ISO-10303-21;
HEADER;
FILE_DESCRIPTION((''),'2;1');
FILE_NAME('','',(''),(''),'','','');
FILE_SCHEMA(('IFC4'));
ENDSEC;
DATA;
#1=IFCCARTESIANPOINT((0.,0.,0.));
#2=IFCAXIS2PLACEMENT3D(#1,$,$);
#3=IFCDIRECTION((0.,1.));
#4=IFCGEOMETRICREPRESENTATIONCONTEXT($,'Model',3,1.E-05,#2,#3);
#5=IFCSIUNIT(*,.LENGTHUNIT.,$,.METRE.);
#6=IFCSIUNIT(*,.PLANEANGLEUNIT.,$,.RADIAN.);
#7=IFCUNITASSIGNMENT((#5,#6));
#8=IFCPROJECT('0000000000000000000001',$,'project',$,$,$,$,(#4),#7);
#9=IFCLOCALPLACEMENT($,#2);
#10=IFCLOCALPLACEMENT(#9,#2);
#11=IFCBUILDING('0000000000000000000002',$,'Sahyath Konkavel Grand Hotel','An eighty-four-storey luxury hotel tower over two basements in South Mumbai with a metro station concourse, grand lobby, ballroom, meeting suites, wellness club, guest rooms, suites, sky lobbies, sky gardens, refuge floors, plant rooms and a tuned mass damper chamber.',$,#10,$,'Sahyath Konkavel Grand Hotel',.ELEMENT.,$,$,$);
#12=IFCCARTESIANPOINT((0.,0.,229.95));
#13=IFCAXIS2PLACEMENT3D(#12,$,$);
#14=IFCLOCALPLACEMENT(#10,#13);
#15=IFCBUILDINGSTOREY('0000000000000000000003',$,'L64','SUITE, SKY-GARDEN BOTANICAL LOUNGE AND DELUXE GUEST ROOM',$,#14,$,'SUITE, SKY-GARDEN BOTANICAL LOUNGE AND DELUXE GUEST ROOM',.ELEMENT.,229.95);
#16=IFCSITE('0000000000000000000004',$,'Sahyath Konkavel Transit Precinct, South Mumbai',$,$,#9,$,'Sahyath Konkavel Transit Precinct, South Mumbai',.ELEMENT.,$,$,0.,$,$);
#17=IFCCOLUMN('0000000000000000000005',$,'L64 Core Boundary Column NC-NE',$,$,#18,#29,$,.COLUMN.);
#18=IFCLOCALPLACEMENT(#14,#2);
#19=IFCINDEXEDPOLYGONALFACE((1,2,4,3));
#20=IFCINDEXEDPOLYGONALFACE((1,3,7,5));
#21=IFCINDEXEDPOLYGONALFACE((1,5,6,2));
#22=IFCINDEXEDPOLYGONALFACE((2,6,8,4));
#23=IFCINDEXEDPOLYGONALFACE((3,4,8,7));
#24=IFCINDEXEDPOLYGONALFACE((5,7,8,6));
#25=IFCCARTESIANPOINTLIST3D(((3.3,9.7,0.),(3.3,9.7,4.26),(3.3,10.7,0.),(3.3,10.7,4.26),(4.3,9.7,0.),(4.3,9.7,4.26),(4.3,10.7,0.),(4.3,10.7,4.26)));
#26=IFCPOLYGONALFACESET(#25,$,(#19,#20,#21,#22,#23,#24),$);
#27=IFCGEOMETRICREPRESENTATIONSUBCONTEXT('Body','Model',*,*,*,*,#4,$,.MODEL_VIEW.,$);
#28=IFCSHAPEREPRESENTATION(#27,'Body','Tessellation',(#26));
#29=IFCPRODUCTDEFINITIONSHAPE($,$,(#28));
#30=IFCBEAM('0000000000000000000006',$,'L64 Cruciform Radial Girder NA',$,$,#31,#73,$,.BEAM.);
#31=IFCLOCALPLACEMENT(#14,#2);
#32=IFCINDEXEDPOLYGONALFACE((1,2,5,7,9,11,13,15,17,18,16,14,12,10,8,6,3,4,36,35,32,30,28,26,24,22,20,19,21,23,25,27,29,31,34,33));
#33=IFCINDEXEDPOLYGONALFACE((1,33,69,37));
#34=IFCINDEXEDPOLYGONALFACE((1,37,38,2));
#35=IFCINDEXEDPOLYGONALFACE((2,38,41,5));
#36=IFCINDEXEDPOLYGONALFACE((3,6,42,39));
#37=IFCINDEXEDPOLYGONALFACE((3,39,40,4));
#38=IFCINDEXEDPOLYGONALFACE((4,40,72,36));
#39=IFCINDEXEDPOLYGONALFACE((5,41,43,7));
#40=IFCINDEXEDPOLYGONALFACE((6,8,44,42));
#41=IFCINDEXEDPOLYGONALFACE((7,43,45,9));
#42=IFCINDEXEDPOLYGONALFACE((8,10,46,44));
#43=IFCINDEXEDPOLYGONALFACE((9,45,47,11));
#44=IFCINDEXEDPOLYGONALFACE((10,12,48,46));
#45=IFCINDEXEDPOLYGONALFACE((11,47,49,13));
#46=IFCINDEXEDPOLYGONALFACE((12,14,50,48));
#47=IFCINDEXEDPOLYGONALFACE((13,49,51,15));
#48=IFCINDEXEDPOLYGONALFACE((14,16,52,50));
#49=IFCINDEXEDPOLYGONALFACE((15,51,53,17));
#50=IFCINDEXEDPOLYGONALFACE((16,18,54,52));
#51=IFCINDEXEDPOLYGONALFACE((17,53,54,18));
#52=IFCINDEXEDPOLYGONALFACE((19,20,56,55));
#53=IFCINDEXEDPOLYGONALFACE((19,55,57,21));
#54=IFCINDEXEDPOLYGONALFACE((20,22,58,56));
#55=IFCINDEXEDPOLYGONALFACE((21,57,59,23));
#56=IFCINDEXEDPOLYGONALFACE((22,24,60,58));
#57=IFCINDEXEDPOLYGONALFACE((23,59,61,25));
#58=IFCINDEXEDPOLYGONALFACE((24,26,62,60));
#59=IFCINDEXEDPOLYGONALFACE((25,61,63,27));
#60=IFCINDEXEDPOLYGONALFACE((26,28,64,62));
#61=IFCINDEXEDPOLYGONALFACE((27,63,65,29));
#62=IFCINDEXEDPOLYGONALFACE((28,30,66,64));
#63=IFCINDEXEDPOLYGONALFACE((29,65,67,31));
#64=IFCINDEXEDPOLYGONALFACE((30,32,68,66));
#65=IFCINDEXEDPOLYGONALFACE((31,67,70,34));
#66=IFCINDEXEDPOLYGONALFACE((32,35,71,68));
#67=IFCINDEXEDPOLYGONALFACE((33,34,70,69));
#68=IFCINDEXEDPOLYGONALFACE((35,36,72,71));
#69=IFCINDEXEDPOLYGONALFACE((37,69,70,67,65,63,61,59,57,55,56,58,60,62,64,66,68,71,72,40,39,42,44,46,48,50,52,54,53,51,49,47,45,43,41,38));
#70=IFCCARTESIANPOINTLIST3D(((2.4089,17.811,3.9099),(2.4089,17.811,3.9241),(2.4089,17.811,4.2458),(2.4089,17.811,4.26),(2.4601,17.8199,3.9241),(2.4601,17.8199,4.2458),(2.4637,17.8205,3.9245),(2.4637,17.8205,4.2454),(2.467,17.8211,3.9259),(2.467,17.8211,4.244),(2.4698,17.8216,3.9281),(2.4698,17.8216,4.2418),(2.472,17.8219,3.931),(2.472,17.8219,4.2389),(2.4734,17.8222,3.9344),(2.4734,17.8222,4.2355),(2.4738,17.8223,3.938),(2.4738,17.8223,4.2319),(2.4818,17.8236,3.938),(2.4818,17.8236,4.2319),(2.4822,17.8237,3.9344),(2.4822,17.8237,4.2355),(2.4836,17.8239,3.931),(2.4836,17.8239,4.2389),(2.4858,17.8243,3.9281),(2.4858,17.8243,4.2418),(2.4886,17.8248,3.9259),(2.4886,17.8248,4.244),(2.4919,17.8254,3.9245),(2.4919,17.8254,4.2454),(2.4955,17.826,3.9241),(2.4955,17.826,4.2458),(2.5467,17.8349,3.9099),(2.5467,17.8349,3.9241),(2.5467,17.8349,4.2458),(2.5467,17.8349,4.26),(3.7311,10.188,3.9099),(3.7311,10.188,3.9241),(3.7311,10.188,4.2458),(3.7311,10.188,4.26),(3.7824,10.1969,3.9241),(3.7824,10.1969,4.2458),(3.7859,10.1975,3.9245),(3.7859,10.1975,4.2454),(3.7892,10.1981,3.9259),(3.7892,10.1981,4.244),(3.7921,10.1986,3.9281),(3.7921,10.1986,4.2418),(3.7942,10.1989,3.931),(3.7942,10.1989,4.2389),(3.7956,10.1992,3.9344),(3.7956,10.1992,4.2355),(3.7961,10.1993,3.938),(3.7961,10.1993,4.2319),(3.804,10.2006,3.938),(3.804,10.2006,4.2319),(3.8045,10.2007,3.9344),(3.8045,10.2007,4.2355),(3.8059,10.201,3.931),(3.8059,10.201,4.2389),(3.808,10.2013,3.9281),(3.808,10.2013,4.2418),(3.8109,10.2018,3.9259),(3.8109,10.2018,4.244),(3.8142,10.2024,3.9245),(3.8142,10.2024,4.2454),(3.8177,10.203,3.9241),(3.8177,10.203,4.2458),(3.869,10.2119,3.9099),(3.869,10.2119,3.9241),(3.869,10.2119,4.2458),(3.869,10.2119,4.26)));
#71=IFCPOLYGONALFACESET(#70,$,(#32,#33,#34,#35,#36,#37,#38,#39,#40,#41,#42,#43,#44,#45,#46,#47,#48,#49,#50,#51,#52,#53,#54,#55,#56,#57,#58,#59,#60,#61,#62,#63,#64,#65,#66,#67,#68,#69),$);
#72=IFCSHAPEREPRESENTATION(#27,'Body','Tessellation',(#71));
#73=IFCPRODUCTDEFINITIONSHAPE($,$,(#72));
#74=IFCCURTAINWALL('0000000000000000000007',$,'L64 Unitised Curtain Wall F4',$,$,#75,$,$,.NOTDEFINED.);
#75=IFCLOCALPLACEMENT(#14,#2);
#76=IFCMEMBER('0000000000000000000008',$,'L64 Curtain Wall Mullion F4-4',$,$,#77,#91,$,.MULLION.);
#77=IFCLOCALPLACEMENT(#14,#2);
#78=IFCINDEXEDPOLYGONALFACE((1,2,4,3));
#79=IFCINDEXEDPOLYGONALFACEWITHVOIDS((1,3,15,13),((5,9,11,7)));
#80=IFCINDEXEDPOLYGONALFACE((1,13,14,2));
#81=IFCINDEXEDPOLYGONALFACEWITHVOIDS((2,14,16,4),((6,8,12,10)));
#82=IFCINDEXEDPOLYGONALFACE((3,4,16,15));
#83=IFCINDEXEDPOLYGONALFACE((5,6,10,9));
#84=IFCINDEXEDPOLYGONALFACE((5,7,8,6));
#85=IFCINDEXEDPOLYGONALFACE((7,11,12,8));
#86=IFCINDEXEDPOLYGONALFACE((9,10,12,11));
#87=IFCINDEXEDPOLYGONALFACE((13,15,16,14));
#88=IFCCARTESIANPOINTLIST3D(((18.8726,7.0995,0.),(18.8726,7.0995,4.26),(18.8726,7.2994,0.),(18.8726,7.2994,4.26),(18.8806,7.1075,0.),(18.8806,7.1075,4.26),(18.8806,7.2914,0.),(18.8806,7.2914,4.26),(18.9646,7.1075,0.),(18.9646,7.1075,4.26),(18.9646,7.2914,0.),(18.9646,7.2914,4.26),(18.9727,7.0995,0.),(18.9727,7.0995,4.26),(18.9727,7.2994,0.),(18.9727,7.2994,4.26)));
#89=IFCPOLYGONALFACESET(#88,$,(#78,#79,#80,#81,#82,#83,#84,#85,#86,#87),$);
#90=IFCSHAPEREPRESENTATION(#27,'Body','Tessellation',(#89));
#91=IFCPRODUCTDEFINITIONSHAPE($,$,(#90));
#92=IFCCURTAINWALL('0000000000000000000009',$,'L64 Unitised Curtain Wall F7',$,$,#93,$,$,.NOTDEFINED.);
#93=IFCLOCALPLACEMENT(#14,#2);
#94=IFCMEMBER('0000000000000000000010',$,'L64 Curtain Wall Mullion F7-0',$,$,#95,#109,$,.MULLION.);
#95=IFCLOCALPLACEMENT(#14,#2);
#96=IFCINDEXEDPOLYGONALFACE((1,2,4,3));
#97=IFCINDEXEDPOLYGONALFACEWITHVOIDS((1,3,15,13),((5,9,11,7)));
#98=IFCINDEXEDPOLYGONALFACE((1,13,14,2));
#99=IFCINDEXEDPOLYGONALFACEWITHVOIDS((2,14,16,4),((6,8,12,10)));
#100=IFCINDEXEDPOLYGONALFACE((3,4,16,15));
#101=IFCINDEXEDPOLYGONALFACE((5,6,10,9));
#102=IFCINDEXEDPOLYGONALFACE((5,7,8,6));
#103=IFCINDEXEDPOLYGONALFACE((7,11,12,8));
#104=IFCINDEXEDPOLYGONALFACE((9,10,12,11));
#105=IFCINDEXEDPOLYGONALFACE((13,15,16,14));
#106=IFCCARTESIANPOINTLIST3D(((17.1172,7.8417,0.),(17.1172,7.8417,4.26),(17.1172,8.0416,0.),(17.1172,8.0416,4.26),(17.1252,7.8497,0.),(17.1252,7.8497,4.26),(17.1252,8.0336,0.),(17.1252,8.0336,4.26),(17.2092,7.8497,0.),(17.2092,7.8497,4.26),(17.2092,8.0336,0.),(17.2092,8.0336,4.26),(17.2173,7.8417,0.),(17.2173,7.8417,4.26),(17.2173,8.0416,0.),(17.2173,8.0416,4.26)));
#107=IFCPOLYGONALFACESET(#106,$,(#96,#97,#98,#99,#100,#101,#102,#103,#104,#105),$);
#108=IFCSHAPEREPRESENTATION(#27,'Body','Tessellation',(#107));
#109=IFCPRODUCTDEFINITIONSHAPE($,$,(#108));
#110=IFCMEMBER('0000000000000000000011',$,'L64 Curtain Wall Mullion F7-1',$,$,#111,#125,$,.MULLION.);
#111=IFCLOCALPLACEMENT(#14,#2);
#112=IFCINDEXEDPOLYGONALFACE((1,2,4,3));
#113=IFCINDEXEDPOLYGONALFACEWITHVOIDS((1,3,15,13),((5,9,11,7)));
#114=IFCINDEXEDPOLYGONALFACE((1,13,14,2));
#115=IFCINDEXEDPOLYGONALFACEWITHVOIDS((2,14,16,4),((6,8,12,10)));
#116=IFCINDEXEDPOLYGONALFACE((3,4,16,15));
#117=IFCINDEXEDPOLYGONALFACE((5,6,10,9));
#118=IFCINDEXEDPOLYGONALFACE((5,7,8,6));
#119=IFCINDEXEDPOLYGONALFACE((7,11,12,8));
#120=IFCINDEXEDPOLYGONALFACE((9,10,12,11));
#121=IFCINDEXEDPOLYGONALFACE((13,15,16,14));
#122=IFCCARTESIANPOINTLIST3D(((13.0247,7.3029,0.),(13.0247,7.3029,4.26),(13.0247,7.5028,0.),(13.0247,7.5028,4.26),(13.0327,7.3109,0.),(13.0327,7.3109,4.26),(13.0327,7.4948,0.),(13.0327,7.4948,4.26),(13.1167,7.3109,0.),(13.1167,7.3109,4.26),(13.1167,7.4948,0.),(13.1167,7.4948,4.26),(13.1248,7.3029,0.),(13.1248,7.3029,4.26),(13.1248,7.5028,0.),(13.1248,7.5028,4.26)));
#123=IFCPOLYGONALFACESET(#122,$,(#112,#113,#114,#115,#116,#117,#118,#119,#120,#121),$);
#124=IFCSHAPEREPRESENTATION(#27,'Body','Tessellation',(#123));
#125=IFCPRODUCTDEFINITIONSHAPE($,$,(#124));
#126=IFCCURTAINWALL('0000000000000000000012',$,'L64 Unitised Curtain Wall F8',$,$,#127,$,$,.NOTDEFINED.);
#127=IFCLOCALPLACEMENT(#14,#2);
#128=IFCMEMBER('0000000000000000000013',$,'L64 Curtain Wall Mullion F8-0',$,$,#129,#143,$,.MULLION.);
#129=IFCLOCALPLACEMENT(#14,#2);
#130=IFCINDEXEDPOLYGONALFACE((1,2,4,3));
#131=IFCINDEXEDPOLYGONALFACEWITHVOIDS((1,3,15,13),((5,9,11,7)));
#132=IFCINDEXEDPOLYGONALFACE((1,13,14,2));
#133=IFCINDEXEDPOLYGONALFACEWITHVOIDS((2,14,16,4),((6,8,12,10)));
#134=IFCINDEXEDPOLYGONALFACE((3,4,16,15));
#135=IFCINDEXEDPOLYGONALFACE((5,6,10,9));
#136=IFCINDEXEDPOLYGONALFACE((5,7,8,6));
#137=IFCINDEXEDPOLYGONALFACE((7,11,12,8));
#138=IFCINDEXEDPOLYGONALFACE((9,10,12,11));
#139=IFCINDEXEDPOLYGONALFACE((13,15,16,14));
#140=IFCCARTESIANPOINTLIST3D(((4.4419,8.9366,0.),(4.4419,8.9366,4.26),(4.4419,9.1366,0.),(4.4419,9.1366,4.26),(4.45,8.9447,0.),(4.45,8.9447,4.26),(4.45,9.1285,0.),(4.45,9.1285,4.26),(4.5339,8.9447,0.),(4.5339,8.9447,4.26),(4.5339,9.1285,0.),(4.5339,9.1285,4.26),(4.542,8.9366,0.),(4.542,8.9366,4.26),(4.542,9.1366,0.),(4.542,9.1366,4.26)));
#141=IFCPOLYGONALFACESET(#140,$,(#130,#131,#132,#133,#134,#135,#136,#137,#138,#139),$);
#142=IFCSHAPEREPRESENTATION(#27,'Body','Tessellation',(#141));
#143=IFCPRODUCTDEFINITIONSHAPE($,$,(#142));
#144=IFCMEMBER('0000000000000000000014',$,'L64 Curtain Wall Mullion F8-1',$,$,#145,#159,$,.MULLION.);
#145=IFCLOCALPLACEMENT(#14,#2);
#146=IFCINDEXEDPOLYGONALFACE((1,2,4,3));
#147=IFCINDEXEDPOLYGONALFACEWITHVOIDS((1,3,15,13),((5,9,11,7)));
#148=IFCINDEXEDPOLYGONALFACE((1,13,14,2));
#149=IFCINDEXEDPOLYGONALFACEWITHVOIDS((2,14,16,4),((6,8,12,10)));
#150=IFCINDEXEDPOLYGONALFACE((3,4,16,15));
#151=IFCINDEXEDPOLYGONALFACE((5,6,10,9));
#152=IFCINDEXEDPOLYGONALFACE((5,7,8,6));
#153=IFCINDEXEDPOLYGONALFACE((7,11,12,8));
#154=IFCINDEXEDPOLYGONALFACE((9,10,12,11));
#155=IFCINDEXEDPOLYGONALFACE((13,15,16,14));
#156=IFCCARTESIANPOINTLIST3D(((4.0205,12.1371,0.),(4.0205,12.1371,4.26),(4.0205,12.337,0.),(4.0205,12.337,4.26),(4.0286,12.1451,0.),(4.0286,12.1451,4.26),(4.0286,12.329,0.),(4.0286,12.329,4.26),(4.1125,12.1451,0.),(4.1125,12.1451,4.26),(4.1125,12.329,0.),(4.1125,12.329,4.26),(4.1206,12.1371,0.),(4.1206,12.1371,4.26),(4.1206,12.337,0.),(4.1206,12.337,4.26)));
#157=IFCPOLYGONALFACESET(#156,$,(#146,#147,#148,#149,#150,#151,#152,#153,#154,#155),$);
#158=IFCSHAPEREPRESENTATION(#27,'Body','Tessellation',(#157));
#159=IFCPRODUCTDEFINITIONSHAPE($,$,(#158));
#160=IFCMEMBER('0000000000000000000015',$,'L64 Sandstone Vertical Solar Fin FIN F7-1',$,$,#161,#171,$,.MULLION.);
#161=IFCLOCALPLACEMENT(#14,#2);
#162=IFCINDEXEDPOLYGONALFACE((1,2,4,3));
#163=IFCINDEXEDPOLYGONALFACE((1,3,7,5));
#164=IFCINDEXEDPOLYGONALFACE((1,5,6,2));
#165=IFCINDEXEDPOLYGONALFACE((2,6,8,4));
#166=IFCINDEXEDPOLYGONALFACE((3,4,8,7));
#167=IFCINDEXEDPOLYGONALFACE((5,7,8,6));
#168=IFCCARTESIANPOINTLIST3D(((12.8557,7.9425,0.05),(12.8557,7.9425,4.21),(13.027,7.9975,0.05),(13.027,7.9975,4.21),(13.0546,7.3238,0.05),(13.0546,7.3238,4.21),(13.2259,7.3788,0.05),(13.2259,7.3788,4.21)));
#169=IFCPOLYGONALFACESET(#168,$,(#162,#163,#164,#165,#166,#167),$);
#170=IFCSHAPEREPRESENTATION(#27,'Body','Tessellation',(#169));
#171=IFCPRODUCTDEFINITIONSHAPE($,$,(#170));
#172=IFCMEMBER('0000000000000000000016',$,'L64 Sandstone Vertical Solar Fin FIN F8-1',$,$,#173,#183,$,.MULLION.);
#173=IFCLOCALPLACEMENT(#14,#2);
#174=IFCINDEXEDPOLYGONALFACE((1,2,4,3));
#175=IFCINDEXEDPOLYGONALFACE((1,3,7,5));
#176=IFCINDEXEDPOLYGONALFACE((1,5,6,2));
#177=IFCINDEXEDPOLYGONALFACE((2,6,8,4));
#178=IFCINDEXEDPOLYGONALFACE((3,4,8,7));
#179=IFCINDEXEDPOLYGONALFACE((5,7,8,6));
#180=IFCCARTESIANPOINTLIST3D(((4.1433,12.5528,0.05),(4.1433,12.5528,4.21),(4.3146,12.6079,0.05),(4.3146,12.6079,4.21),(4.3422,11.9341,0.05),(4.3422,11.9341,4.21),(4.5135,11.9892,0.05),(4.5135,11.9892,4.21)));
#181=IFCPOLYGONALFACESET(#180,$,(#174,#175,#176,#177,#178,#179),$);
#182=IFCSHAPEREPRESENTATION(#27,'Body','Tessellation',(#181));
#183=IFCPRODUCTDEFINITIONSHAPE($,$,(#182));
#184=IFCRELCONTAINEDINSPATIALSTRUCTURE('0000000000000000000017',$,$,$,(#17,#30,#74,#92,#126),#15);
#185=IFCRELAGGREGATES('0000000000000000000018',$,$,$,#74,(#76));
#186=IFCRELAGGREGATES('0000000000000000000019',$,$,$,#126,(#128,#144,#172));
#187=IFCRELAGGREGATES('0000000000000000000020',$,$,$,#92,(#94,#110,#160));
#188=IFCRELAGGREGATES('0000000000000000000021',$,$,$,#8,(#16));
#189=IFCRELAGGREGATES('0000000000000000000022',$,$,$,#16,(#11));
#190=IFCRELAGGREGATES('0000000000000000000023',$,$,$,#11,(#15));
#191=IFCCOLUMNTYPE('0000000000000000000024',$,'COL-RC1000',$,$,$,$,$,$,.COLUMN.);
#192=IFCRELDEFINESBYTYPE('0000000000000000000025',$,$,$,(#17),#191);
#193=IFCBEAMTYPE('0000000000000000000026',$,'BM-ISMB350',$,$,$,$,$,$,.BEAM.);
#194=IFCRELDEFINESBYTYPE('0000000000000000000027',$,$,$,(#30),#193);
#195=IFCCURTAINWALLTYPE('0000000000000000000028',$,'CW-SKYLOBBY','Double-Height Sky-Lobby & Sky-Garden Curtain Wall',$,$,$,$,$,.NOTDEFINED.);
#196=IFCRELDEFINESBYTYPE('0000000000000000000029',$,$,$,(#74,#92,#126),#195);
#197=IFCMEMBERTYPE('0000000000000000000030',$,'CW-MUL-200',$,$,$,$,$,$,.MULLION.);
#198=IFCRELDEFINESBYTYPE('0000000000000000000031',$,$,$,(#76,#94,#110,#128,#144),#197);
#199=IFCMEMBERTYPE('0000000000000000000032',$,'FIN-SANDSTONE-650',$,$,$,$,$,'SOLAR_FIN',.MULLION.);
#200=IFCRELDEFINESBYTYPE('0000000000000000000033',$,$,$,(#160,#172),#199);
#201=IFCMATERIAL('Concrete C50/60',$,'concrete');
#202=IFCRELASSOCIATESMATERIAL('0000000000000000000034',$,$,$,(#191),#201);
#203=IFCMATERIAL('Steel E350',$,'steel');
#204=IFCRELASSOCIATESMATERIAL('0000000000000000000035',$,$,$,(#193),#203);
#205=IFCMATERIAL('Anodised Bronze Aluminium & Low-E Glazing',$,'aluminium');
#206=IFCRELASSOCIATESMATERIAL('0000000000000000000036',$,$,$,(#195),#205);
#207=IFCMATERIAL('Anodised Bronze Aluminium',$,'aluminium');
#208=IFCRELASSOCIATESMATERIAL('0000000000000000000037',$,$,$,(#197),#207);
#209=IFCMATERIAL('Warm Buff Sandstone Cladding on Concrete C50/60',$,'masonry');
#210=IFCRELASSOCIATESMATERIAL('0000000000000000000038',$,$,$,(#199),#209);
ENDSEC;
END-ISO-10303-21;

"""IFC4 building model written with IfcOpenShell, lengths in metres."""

from ifc_helpers import new_model, si_unit, direction, frame, origin, origin_2d, place, context, subcontext, project, spatial, rectangle, hollow_rectangle, i_section, extrude, source, transform, mapped, material, material_profile, profile_set, type_object, element, aggregate, save


model = new_model("IFC4")

# Units and contexts
model_context = context("Model", 3, precision=1e-05, world=origin(), true_north=direction((0.0, 1.0)))
body_context = subcontext(model_context, "Body", "Model", "MODEL_VIEW")
ifc_project = project(units=[si_unit("LENGTHUNIT", "METRE"), si_unit("PLANEANGLEUNIT", "RADIAN")], contexts=[model_context])

# Site, building, storey
site_placement = place(None, origin())
site = spatial("IfcSite", under=ifc_project, at=site_placement, Name="Sahyath Konkavel Transit Precinct, South Mumbai", LongName="Sahyath Konkavel Transit Precinct, South Mumbai", CompositionType="ELEMENT", RefElevation=0.0)
building_placement = place(site_placement, origin())
building = spatial("IfcBuilding", under=site, at=building_placement, Name="Sahyath Konkavel Grand Hotel", Description="An eighty-four-storey luxury hotel tower over two basements in South Mumbai with a metro station concourse, grand lobby, ballroom, meeting suites, wellness club, guest rooms, suites, sky lobbies, sky gardens, refuge floors, plant rooms and a tuned mass damper chamber.", LongName="Sahyath Konkavel Grand Hotel", CompositionType="ELEMENT")
storey_placement = place(building_placement, frame((0.0, 0.0, 229.95)))
storey = spatial("IfcBuildingStorey", under=building, at=storey_placement, Name="L64", Description="SUITE, SKY-GARDEN BOTANICAL LOUNGE AND DELUXE GUEST ROOM", LongName="SUITE, SKY-GARDEN BOTANICAL LOUNGE AND DELUXE GUEST ROOM", CompositionType="ELEMENT", Elevation=229.95)

# Column
ifc_material_1 = material(Name="Concrete C50/60", Category="concrete")
ifc_material_profile_1 = material_profile(ifc_material_1, rectangle(XDim=1.0, YDim=1.0, at=origin_2d()), Name="RC 1000x1000")
ifc_profile_set_1 = profile_set([ifc_material_profile_1], Name="Concrete C50/60")
column_type = type_object("IfcColumnType", Name="COL-RC1000", PredefinedType="COLUMN", material=ifc_profile_set_1)
shared_shape_1 = source(origin(), body_context, "Body", "SweptSolid", [
    extrude(rectangle(XDim=1.0, YDim=1.0, at=origin_2d()), origin(), (0.0, 0.0, 1.0), 4.26),
])
column_placement = place(storey_placement, frame((3.8, 10.2, 0.0), z_axis=(0.0, 0.0, 1.0), x_axis=(1.0, 0.0, 0.0)))
element("IfcColumn", 1, at=column_placement, inside=storey, type_object=column_type, Name="L64 Core Boundary Column NC-NE", PredefinedType="COLUMN", context=body_context, shape_type="MappedRepresentation", body=[
    mapped(shared_shape_1, transform((0.0, 0.0, 0.0), scale=1.0)),
])

# Beam
ifc_material_2 = material(Name="Steel E350", Category="steel")
ifc_material_profile_2 = material_profile(ifc_material_2, i_section(OverallWidth=0.1399, OverallDepth=0.3501, WebThickness=0.0081, FlangeThickness=0.0142, FilletRadius=0.0139, at=origin_2d()), Name="ISMB 350")
ifc_profile_set_2 = profile_set([ifc_material_profile_2], Name="Steel E350")
beam_type = type_object("IfcBeamType", Name="BM-ISMB350", PredefinedType="BEAM", material=ifc_profile_set_2)
shared_shape_2 = source(origin(), body_context, "Body", "SweptSolid", [
    extrude(i_section(OverallWidth=0.1399, OverallDepth=0.3501, WebThickness=0.0081, FlangeThickness=0.0142, FilletRadius=0.0139, at=origin_2d()), origin(), (0.0, 0.0, 1.0), 7.7368),
])
beam_placement = place(storey_placement, frame((3.8, 10.2, 4.085), z_axis=(-0.170904, 0.985288, 0.0), x_axis=(-0.985288, -0.170904, 0.0)))
element("IfcBeam", 2, at=beam_placement, inside=storey, type_object=beam_type, Name="L64 Cruciform Radial Girder NA", PredefinedType="BEAM", context=body_context, shape_type="MappedRepresentation", body=[
    mapped(shared_shape_2, transform((0.0, 0.0, 0.0), scale=1.0)),
])

# Curtain wall, member
ifc_material_3 = material(Name="Anodised Bronze Aluminium & Low-E Glazing", Category="aluminium")
curtain_wall_type = type_object("IfcCurtainWallType", Name="CW-SKYLOBBY", Description="Double-Height Sky-Lobby & Sky-Garden Curtain Wall", PredefinedType="NOTDEFINED", material=ifc_material_3)
curtain_wall_1_placement = place(storey_placement, origin())
curtain_wall_1 = element("IfcCurtainWall", 3, at=curtain_wall_1_placement, inside=storey, type_object=curtain_wall_type, Name="L64 Unitised Curtain Wall F4", PredefinedType="NOTDEFINED")
ifc_material_4 = material(Name="Anodised Bronze Aluminium", Category="aluminium")
ifc_material_profile_3 = material_profile(ifc_material_4, hollow_rectangle(XDim=0.1001, YDim=0.2, WallThickness=0.0081, at=origin_2d()), Name="RHS 200x100x8")
ifc_profile_set_3 = profile_set([ifc_material_profile_3], Name="Anodised Bronze Aluminium")
member_type_1 = type_object("IfcMemberType", Name="CW-MUL-200", PredefinedType="MULLION", material=ifc_profile_set_3)
shared_shape_3 = source(origin(), body_context, "Body", "SweptSolid", [
    extrude(hollow_rectangle(XDim=0.1001, YDim=0.2, WallThickness=0.0081, at=origin_2d()), origin(), (0.0, 0.0, 1.0), 4.26),
])
member_1_placement = place(storey_placement, frame((18.9226, 7.1995, 0.0), z_axis=(0.0, 0.0, 1.0), x_axis=(1.0, 0.0, 0.0)))
member_1 = element("IfcMember", 4, at=member_1_placement, type_object=member_type_1, Name="L64 Curtain Wall Mullion F4-4", PredefinedType="MULLION", context=body_context, shape_type="MappedRepresentation", body=[
    mapped(shared_shape_3, transform((0.0, 0.0, 0.0), scale=1.0)),
])
aggregate(curtain_wall_1, [member_1])

# Curtain walls, members
curtain_wall_2_placement = place(storey_placement, origin())
curtain_wall_2 = element("IfcCurtainWall", 5, at=curtain_wall_2_placement, inside=storey, type_object=curtain_wall_type, Name="L64 Unitised Curtain Wall F7", PredefinedType="NOTDEFINED")
member_2_placement = place(storey_placement, frame((17.1672, 7.9417, 0.0), z_axis=(0.0, 0.0, 1.0), x_axis=(1.0, 0.0, 0.0)))
member_2 = element("IfcMember", 6, at=member_2_placement, type_object=member_type_1, Name="L64 Curtain Wall Mullion F7-0", PredefinedType="MULLION", context=body_context, shape_type="MappedRepresentation", body=[
    mapped(shared_shape_3, transform((0.0, 0.0, 0.0), scale=1.0)),
])
member_3_placement = place(storey_placement, frame((13.0747, 7.4028, 0.0), z_axis=(0.0, 0.0, 1.0), x_axis=(1.0, 0.0, 0.0)))
member_3 = element("IfcMember", 7, at=member_3_placement, type_object=member_type_1, Name="L64 Curtain Wall Mullion F7-1", PredefinedType="MULLION", context=body_context, shape_type="MappedRepresentation", body=[
    mapped(shared_shape_3, transform((0.0, 0.0, 0.0), scale=1.0)),
])
curtain_wall_3_placement = place(storey_placement, origin())
curtain_wall_3 = element("IfcCurtainWall", 8, at=curtain_wall_3_placement, inside=storey, type_object=curtain_wall_type, Name="L64 Unitised Curtain Wall F8", PredefinedType="NOTDEFINED")
member_4_placement = place(storey_placement, frame((4.4919, 9.0366, 0.0), z_axis=(0.0, 0.0, 1.0), x_axis=(1.0, 0.0, 0.0)))
member_4 = element("IfcMember", 9, at=member_4_placement, type_object=member_type_1, Name="L64 Curtain Wall Mullion F8-0", PredefinedType="MULLION", context=body_context, shape_type="MappedRepresentation", body=[
    mapped(shared_shape_3, transform((0.0, 0.0, 0.0), scale=1.0)),
])
member_5_placement = place(storey_placement, frame((4.0706, 12.2371, 0.0), z_axis=(0.0, 0.0, 1.0), x_axis=(1.0, 0.0, 0.0)))
member_5 = element("IfcMember", 10, at=member_5_placement, type_object=member_type_1, Name="L64 Curtain Wall Mullion F8-1", PredefinedType="MULLION", context=body_context, shape_type="MappedRepresentation", body=[
    mapped(shared_shape_3, transform((0.0, 0.0, 0.0), scale=1.0)),
])

# Members
ifc_material_5 = material(Name="Warm Buff Sandstone Cladding on Concrete C50/60", Category="masonry")
ifc_material_profile_4 = material_profile(ifc_material_5, rectangle(XDim=0.1799, YDim=0.6499, at=origin_2d()), Name="FIN 180x650")
ifc_profile_set_4 = profile_set([ifc_material_profile_4], Name="Warm Buff Sandstone Cladding on Concrete C50/60")
member_type_2 = type_object("IfcMemberType", Name="FIN-SANDSTONE-650", ElementType="SOLAR_FIN", PredefinedType="MULLION", material=ifc_profile_set_4)
shared_shape_4 = source(origin(), body_context, "Body", "SweptSolid", [
    extrude(rectangle(XDim=0.1799, YDim=0.6499, at=origin_2d()), origin(), (0.0, 0.0, 1.0), 4.1599),
])
member_6_placement = place(storey_placement, frame((13.0408, 7.6606, 0.05), z_axis=(0.0, 0.0, 1.0), x_axis=(0.952023, 0.306028, 0.0)))
member_6 = element("IfcMember", 11, at=member_6_placement, type_object=member_type_2, Name="L64 Sandstone Vertical Solar Fin FIN F7-1", PredefinedType="MULLION", context=body_context, shape_type="MappedRepresentation", body=[
    mapped(shared_shape_4, transform((0.0, 0.0, 0.0), scale=1.0)),
])
member_7_placement = place(storey_placement, frame((4.3284, 12.271, 0.05), z_axis=(0.0, 0.0, 1.0), x_axis=(0.952023, 0.306028, 0.0)))
member_7 = element("IfcMember", 12, at=member_7_placement, type_object=member_type_2, Name="L64 Sandstone Vertical Solar Fin FIN F8-1", PredefinedType="MULLION", context=body_context, shape_type="MappedRepresentation", body=[
    mapped(shared_shape_4, transform((0.0, 0.0, 0.0), scale=1.0)),
])

aggregate(curtain_wall_3, [member_4, member_5, member_7])
aggregate(curtain_wall_2, [member_2, member_3, member_6])

save(model, "model.ifc")
